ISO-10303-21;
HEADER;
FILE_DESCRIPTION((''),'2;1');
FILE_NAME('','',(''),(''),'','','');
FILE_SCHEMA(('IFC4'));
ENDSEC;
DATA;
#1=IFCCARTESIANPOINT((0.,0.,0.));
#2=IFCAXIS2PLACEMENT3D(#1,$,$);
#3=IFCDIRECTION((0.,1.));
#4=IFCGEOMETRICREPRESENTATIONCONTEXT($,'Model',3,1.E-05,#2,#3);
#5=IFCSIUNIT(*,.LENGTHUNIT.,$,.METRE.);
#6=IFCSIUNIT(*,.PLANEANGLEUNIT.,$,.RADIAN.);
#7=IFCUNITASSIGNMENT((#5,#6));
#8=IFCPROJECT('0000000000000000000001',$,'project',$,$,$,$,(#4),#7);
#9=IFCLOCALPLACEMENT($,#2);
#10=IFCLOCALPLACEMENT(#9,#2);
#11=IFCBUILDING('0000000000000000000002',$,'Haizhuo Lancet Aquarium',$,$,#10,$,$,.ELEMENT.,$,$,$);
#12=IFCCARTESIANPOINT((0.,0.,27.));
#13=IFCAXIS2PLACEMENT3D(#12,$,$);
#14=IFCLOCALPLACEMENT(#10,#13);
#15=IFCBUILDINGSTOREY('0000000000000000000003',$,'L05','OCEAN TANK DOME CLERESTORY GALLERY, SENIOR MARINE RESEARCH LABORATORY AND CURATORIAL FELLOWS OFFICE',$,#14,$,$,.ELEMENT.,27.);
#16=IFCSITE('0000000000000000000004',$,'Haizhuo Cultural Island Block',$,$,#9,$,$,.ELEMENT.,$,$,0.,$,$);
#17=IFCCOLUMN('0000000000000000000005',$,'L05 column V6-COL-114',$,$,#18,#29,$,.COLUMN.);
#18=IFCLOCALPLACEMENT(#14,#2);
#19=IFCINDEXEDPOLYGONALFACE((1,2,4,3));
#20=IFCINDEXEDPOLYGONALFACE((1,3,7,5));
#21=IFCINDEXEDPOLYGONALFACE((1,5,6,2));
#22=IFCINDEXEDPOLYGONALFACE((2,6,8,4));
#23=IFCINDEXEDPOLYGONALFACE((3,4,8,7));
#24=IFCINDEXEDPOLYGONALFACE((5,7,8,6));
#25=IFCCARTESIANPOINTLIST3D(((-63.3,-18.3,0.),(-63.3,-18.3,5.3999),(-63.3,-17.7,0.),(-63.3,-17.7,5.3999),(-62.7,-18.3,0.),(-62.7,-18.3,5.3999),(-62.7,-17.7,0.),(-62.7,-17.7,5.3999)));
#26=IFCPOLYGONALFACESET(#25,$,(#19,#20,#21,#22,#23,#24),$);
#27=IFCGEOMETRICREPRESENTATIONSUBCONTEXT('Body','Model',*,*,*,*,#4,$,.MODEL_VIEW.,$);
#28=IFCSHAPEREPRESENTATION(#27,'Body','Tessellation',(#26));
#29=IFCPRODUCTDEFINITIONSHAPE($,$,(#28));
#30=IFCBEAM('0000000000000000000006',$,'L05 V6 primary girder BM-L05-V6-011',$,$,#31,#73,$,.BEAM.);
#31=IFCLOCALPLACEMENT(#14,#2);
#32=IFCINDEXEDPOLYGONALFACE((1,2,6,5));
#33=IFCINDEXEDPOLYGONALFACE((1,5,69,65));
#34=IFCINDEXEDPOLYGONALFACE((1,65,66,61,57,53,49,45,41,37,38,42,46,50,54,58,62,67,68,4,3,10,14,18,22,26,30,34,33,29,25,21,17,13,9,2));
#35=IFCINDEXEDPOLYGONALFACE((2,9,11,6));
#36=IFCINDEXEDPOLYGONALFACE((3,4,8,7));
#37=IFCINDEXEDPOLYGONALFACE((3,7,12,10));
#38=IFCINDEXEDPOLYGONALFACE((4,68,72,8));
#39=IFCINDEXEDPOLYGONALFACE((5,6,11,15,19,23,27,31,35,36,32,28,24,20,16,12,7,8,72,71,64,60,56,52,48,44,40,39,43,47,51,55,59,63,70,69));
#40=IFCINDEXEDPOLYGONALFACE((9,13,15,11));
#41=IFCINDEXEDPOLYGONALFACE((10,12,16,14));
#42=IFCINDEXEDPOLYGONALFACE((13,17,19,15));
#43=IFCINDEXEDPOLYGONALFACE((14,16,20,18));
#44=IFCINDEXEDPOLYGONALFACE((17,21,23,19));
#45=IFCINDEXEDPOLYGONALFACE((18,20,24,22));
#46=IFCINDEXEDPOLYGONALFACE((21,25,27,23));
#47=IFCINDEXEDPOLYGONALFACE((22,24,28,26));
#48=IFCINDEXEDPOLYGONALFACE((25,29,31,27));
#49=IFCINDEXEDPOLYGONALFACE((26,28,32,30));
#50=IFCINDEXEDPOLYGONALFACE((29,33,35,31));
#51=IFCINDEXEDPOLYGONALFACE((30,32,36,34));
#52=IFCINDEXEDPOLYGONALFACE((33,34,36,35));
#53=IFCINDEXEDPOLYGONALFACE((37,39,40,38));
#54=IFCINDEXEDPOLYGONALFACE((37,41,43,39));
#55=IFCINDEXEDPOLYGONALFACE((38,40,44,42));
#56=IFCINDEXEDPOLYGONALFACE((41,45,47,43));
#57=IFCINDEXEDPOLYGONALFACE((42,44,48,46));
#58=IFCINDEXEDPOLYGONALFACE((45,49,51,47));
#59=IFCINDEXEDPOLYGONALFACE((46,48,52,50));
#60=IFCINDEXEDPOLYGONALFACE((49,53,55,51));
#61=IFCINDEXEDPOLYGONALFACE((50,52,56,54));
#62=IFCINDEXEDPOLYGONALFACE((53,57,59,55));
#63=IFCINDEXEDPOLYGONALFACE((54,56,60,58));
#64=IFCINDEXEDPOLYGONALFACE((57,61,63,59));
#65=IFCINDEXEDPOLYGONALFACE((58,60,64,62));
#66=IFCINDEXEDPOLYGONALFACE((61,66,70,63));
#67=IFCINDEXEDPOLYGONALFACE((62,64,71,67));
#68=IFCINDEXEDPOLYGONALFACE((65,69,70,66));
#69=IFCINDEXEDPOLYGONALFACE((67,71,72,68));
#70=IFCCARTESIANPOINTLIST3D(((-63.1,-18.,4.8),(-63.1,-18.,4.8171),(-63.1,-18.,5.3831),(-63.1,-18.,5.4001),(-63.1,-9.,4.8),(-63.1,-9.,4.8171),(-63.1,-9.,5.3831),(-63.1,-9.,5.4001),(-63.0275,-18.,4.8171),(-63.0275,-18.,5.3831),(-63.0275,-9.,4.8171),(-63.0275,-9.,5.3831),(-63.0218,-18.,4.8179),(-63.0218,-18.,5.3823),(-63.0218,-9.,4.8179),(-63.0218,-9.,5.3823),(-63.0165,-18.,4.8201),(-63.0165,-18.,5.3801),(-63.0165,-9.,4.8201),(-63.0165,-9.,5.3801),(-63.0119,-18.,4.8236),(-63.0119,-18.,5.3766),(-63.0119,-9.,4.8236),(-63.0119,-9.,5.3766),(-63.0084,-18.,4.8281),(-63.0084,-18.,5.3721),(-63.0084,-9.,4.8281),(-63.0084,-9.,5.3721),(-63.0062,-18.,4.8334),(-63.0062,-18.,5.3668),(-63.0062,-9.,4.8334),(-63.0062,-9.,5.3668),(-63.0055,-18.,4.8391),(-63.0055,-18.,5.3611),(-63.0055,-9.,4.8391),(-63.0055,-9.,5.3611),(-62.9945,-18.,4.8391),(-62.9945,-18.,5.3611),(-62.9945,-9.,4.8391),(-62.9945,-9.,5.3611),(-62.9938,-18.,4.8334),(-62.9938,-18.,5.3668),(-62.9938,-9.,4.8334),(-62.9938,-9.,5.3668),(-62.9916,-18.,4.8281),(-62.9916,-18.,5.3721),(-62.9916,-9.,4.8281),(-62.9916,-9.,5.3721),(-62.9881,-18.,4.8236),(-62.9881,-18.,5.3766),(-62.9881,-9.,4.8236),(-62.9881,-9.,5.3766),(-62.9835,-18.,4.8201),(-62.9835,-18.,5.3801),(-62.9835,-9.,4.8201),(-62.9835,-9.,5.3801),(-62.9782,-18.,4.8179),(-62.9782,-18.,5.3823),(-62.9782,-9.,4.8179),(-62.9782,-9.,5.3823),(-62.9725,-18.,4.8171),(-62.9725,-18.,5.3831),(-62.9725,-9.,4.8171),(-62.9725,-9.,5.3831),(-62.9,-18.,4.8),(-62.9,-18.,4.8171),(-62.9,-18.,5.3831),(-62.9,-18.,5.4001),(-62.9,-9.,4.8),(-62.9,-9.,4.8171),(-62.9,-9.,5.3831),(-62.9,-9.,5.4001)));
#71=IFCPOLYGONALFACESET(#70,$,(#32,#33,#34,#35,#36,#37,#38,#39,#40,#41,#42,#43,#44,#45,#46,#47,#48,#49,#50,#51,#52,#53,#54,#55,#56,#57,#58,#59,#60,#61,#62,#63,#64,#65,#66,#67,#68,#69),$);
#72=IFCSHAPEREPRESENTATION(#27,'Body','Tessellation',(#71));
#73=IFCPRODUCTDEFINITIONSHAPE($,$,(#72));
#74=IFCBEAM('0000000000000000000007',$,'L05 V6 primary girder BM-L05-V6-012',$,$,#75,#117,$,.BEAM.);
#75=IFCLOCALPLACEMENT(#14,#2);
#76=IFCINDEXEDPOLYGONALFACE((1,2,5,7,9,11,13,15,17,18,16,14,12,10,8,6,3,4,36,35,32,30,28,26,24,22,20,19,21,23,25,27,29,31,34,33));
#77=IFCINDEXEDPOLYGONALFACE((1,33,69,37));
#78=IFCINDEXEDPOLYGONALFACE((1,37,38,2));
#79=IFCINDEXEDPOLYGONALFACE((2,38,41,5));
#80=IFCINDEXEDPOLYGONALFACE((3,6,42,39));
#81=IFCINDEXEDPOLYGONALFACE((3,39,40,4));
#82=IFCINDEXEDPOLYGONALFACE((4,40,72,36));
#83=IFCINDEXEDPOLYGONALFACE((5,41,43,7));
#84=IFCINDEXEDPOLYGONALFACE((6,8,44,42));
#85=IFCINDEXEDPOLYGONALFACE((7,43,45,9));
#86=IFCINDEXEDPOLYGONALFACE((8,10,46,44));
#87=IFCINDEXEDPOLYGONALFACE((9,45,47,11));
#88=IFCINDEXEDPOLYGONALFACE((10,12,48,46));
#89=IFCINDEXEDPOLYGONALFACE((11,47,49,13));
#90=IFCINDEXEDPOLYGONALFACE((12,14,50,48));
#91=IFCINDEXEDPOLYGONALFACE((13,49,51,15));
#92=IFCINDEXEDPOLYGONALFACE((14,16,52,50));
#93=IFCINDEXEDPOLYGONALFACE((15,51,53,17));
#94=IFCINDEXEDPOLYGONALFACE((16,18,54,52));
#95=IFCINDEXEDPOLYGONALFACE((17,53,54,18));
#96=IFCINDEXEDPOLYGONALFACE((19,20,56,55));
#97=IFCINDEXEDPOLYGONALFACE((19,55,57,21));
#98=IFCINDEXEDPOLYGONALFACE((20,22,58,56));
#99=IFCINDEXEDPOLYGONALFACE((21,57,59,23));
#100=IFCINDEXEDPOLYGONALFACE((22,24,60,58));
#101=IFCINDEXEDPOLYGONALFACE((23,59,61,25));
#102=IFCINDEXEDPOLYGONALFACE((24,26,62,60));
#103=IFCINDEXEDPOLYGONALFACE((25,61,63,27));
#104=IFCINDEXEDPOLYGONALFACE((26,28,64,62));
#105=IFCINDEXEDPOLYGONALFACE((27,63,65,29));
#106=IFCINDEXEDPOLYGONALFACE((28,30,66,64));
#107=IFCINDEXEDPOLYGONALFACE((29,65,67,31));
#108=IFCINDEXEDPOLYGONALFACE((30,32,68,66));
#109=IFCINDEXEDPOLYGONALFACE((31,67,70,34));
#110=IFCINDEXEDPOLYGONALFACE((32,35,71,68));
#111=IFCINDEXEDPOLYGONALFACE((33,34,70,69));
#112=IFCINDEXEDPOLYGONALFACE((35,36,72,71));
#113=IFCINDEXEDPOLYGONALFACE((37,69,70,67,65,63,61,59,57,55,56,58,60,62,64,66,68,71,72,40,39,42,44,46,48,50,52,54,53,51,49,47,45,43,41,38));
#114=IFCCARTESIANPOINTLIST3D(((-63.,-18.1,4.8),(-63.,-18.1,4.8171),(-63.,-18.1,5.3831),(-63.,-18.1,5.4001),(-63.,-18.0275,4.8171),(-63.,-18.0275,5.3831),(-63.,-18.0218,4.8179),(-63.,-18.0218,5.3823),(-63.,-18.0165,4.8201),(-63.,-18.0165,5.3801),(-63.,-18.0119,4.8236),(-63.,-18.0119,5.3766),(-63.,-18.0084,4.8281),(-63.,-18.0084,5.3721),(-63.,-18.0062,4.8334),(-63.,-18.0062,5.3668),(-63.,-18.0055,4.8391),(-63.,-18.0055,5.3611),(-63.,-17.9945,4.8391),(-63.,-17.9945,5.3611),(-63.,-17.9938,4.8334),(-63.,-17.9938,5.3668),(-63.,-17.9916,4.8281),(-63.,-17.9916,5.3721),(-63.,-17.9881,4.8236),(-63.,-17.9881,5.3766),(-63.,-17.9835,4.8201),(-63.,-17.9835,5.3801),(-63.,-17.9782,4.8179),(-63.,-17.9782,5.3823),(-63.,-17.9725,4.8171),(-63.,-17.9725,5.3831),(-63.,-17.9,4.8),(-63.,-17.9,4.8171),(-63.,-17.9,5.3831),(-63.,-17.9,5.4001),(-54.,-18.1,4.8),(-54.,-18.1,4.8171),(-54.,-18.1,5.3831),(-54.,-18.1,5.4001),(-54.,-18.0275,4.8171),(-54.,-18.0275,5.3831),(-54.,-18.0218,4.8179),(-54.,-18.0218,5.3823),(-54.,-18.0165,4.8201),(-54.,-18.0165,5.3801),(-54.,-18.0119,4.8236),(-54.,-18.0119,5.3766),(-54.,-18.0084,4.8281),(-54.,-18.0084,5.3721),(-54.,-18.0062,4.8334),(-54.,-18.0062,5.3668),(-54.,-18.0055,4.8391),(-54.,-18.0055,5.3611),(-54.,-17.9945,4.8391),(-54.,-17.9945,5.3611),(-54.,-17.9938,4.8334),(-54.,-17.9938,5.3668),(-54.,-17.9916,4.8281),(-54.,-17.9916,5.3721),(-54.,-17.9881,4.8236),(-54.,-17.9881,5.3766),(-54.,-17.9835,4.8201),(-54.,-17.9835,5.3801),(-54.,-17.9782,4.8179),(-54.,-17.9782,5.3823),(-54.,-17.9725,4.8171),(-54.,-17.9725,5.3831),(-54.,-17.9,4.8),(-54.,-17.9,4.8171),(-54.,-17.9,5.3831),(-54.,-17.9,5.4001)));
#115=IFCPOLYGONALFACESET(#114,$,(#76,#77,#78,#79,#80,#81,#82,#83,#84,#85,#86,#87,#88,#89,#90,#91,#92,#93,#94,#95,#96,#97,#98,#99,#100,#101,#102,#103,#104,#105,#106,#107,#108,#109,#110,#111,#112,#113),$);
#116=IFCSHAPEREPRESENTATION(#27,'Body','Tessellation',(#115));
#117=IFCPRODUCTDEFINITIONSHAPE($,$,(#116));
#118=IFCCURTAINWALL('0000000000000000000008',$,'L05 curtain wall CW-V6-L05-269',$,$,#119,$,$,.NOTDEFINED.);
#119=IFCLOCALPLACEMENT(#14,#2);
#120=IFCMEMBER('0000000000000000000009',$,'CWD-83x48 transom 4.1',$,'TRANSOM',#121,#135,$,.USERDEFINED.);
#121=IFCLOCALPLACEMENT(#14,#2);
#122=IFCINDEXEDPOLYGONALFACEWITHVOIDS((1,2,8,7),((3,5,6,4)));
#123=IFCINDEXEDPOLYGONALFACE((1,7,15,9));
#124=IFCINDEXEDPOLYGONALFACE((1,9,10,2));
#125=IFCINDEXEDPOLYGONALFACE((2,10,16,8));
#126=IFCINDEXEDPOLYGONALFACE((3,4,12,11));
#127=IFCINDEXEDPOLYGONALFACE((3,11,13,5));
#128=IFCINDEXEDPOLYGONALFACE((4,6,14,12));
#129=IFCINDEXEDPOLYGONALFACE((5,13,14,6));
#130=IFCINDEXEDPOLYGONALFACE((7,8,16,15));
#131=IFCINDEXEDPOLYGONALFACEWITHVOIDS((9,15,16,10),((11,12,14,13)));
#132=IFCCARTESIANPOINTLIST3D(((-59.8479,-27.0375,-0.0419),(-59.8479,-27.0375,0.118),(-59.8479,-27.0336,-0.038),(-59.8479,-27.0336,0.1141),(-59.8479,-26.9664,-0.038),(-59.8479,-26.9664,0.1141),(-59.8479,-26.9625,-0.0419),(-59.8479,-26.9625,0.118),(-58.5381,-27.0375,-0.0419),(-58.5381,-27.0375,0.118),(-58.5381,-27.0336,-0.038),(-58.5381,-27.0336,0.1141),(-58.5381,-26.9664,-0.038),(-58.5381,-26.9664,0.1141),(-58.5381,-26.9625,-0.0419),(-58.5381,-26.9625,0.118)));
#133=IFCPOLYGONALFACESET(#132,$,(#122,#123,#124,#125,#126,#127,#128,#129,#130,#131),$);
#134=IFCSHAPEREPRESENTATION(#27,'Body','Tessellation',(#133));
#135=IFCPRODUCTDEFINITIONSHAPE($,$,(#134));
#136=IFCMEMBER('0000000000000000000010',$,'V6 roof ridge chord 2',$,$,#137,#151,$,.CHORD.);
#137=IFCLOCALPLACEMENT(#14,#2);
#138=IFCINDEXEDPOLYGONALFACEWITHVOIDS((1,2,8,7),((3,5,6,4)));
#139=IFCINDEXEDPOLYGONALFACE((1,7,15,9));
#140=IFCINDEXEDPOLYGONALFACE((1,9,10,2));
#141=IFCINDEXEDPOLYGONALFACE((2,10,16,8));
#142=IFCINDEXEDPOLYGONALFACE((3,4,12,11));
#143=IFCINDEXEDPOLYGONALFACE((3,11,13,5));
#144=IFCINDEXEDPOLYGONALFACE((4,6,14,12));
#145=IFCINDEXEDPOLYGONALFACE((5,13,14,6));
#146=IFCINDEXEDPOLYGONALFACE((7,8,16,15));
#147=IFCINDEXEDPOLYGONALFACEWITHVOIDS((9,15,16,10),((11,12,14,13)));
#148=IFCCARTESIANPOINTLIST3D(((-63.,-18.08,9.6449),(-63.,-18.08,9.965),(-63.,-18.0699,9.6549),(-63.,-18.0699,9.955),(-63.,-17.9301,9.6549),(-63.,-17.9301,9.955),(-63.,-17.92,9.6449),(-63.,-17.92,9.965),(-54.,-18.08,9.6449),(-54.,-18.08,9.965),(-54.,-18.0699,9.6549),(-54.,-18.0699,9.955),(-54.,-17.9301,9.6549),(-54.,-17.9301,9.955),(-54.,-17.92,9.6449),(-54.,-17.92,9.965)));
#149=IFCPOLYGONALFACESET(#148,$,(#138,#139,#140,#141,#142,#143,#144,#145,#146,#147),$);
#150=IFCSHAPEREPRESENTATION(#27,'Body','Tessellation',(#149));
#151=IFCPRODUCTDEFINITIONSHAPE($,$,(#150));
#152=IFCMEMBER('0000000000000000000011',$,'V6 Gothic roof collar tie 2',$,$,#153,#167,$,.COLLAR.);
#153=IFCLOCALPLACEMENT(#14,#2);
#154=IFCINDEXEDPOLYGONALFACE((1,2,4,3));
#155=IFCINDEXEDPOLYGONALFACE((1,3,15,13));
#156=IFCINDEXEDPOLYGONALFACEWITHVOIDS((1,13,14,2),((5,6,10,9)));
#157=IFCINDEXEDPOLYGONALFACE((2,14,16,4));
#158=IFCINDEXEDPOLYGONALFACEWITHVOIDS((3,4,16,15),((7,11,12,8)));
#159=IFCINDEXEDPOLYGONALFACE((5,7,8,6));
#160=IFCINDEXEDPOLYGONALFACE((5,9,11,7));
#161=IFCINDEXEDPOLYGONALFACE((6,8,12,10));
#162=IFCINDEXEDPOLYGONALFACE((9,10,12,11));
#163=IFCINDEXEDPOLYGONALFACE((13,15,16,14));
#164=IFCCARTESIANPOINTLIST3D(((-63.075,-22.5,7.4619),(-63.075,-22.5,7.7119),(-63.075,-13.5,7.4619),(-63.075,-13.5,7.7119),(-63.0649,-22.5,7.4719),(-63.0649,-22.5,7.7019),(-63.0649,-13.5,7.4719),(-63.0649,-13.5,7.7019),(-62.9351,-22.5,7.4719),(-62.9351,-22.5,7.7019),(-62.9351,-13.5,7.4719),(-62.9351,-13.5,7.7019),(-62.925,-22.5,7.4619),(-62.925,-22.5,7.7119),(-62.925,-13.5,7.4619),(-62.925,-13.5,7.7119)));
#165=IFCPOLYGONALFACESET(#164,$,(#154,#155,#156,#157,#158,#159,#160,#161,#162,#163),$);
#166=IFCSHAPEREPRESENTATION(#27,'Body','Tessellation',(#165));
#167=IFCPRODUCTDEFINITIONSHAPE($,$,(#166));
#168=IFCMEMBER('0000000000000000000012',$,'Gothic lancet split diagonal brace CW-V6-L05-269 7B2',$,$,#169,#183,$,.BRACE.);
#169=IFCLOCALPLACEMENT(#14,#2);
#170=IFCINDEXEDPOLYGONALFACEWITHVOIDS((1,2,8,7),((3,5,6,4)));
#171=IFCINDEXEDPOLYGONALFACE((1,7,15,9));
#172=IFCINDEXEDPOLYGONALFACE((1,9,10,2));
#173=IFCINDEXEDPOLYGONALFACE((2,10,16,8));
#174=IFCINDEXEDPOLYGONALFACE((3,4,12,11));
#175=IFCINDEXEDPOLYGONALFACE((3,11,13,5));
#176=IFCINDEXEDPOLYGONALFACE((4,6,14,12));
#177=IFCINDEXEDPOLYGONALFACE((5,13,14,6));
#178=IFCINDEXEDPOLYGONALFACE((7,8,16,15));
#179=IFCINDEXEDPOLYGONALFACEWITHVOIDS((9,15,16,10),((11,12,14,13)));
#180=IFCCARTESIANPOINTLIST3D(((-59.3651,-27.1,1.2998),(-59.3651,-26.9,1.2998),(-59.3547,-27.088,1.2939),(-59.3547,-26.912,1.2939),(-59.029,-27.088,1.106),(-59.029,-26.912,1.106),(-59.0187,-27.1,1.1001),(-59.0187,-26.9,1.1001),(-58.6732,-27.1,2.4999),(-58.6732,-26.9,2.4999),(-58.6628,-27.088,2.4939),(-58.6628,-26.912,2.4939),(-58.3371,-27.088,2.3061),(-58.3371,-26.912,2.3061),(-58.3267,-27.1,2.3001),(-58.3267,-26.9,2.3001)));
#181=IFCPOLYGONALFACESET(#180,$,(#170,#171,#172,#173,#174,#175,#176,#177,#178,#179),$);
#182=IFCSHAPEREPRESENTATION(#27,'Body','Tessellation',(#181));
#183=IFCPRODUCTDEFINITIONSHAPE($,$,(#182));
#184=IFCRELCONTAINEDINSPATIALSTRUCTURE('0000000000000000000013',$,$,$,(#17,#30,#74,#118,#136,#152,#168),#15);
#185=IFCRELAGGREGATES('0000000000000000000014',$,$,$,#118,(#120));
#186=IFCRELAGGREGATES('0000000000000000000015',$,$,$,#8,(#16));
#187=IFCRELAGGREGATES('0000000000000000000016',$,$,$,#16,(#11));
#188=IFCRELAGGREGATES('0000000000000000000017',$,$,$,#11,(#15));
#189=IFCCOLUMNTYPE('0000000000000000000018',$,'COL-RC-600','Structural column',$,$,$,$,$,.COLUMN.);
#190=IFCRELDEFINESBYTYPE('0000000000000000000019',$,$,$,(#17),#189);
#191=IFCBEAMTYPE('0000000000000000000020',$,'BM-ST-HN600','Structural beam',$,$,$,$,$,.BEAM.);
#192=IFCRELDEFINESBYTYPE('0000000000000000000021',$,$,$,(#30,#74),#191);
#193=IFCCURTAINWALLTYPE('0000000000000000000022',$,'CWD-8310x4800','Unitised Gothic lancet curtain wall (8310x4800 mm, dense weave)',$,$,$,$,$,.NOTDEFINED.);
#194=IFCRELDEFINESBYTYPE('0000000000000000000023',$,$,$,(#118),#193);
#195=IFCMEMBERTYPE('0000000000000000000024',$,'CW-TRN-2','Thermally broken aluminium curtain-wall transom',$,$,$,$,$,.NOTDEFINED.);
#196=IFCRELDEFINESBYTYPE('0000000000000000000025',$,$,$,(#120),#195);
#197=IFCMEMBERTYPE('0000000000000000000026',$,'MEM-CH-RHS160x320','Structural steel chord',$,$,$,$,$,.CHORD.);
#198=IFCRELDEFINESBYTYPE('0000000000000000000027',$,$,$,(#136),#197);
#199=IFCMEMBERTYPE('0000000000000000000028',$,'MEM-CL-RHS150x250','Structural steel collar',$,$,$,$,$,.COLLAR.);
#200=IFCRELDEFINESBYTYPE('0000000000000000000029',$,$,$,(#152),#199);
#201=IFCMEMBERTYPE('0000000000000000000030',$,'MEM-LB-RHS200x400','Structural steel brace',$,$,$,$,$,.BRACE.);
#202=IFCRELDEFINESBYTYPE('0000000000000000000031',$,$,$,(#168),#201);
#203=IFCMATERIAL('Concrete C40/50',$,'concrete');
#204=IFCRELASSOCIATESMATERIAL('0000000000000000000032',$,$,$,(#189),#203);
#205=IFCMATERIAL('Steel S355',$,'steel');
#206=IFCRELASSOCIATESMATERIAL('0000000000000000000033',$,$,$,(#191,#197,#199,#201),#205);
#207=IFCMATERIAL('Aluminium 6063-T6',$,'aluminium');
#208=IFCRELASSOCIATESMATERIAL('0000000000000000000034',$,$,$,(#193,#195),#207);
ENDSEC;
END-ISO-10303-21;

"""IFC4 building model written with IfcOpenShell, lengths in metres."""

from ifc_helpers import new_model, si_unit, direction, frame, origin, origin_2d, place, context, subcontext, project, spatial, rectangle, hollow_rectangle, i_section, extrude, material, material_profile, profile_set, type_object, element, aggregate, save


model = new_model("IFC4")

# Units and contexts
model_context = context("Model", 3, precision=1e-05, world=origin(), true_north=direction((0.0, 1.0)))
body_context = subcontext(model_context, "Body", "Model", "MODEL_VIEW")
ifc_project = project(units=[si_unit("LENGTHUNIT", "METRE"), si_unit("PLANEANGLEUNIT", "RADIAN")], contexts=[model_context])

# Site, building, storey
site_placement = place(None, origin())
site = spatial("IfcSite", under=ifc_project, at=site_placement, Name="Haizhuo Cultural Island Block", CompositionType="ELEMENT", RefElevation=0.0)
building_placement = place(site_placement, origin())
building = spatial("IfcBuilding", under=site, at=building_placement, Name="Haizhuo Lancet Aquarium", CompositionType="ELEMENT")
storey_placement = place(building_placement, frame((0.0, 0.0, 27.0)))
storey = spatial("IfcBuildingStorey", under=building, at=storey_placement, Name="L05", Description="OCEAN TANK DOME CLERESTORY GALLERY, SENIOR MARINE RESEARCH LABORATORY AND CURATORIAL FELLOWS OFFICE", CompositionType="ELEMENT", Elevation=27.0)

# Column
ifc_material_1 = material(Name="Concrete C40/50", Category="concrete")
ifc_material_profile_1 = material_profile(ifc_material_1, rectangle(XDim=0.6001, YDim=0.6001, at=origin_2d()), Name="RC-COL 600x600")
ifc_profile_set_1 = profile_set([ifc_material_profile_1], Name="Concrete C40/50")
column_type = type_object("IfcColumnType", Name="COL-RC-600", Description="Structural column", PredefinedType="COLUMN", material=ifc_profile_set_1)
column_placement = place(storey_placement, frame((-63.0, -18.0, 0.0), z_axis=(0.0, 0.0, 1.0), x_axis=(1.0, 0.0, 0.0)))
element("IfcColumn", 1, at=column_placement, inside=storey, type_object=column_type, Name="L05 column V6-COL-114", PredefinedType="COLUMN", context=body_context, shape_type="SweptSolid", body=[
    extrude(rectangle(XDim=0.6001, YDim=0.6001, at=origin_2d()), origin(), (0.0, 0.0, 1.0), 5.3999),
])

# Beams
ifc_material_2 = material(Name="Steel S355", Category="steel")
ifc_material_profile_2 = material_profile(ifc_material_2, i_section(OverallWidth=0.2, OverallDepth=0.6001, WebThickness=0.011, FlangeThickness=0.0171, FilletRadius=0.022, at=origin_2d()), Name="HN 600x200x11x17")
ifc_profile_set_2 = profile_set([ifc_material_profile_2], Name="Steel S355")
beam_type = type_object("IfcBeamType", Name="BM-ST-HN600", Description="Structural beam", PredefinedType="BEAM", material=ifc_profile_set_2)
for number, where, z_axis, x_axis, name in (
    (2, (-63.0, -18.0, 5.1001), (0.0, 1.0, 0.0), (-1.0, 0.0, 0.0), "L05 V6 primary girder BM-L05-V6-011"),
    (3, (-63.0, -18.0, 5.1001), (1.0, 0.0, 0.0), (0.0, 1.0, 0.0), "L05 V6 primary girder BM-L05-V6-012"),
):
    element("IfcBeam", number, at=place(storey_placement, frame(where, z_axis=z_axis, x_axis=x_axis)), inside=storey, type_object=beam_type, Name=name, PredefinedType="BEAM", context=body_context, shape_type="SweptSolid", body=[
        extrude(i_section(OverallWidth=0.2, OverallDepth=0.6001, WebThickness=0.011, FlangeThickness=0.0171, FilletRadius=0.022, at=origin_2d()), origin(), (0.0, 0.0, 1.0), 9.0),
    ])

# Curtain wall, member
ifc_material_3 = material(Name="Aluminium 6063-T6", Category="aluminium")
curtain_wall_type = type_object("IfcCurtainWallType", Name="CWD-8310x4800", Description="Unitised Gothic lancet curtain wall (8310x4800 mm, dense weave)", PredefinedType="NOTDEFINED", material=ifc_material_3)
curtain_wall_placement = place(storey_placement, origin())
curtain_wall = element("IfcCurtainWall", 4, at=curtain_wall_placement, inside=storey, type_object=curtain_wall_type, Name="L05 curtain wall CW-V6-L05-269", PredefinedType="NOTDEFINED")
ifc_material_profile_3 = material_profile(ifc_material_3, hollow_rectangle(XDim=0.075, YDim=0.1599, WallThickness=0.0039, at=origin_2d()), Name="ALU-T 75x160x4")
ifc_profile_set_3 = profile_set([ifc_material_profile_3], Name="Aluminium 6063-T6")
member_type_1 = type_object("IfcMemberType", Name="CW-TRN-2", Description="Thermally broken aluminium curtain-wall transom", PredefinedType="NOTDEFINED", material=ifc_profile_set_3)
member_1_placement = place(storey_placement, frame((-58.5381, -27.0, 0.0381), z_axis=(-1.0, 0.0, 0.0), x_axis=(0.0, -1.0, 0.0)))
member_1 = element("IfcMember", 5, at=member_1_placement, type_object=member_type_1, Name="CWD-83x48 transom 4.1", ObjectType="TRANSOM", PredefinedType="USERDEFINED", context=body_context, shape_type="SweptSolid", body=[
    extrude(hollow_rectangle(XDim=0.075, YDim=0.1599, WallThickness=0.0039, at=origin_2d()), origin(), (0.0, 0.0, 1.0), 1.3098),
])

# Members
ifc_material_profile_4 = material_profile(ifc_material_2, hollow_rectangle(XDim=0.1599, YDim=0.3201, WallThickness=0.01, at=origin_2d()), Name="RHS 160x320x10")
ifc_profile_set_4 = profile_set([ifc_material_profile_4], Name="Steel S355")
member_type_2 = type_object("IfcMemberType", Name="MEM-CH-RHS160x320", Description="Structural steel chord", PredefinedType="CHORD", material=ifc_profile_set_4)
member_2_placement = place(storey_placement, frame((-63.0, -18.0, 9.8049), z_axis=(1.0, 0.0, 0.0), x_axis=(0.0, 1.0, 0.0)))
element("IfcMember", 6, at=member_2_placement, inside=storey, type_object=member_type_2, Name="V6 roof ridge chord 2", PredefinedType="CHORD", context=body_context, shape_type="SweptSolid", body=[
    extrude(hollow_rectangle(XDim=0.1599, YDim=0.3201, WallThickness=0.01, at=origin_2d()), origin(), (0.0, 0.0, 1.0), 9.0),
])
ifc_material_profile_5 = material_profile(ifc_material_2, hollow_rectangle(XDim=0.1499, YDim=0.25, WallThickness=0.01, at=origin_2d()), Name="RHS 150x250x10")
ifc_profile_set_5 = profile_set([ifc_material_profile_5], Name="Steel S355")
member_type_3 = type_object("IfcMemberType", Name="MEM-CL-RHS150x250", Description="Structural steel collar", PredefinedType="COLLAR", material=ifc_profile_set_5)
member_3_placement = place(storey_placement, frame((-63.0, -22.5, 7.5869), z_axis=(0.0, 1.0, 0.0), x_axis=(-1.0, 0.0, 0.0)))
element("IfcMember", 7, at=member_3_placement, inside=storey, type_object=member_type_3, Name="V6 Gothic roof collar tie 2", PredefinedType="COLLAR", context=body_context, shape_type="SweptSolid", body=[
    extrude(hollow_rectangle(XDim=0.1499, YDim=0.25, WallThickness=0.01, at=origin_2d()), origin(), (0.0, 0.0, 1.0), 9.0),
])
ifc_material_profile_6 = material_profile(ifc_material_2, hollow_rectangle(XDim=0.2, YDim=0.3999, WallThickness=0.012, at=origin_2d()), Name="RHS 200x400x12")
ifc_profile_set_6 = profile_set([ifc_material_profile_6], Name="Steel S355")
member_type_4 = type_object("IfcMemberType", Name="MEM-LB-RHS200x400", Description="Structural steel brace", PredefinedType="BRACE", material=ifc_profile_set_6)
for number, where, z_axis, x_axis, name in (
    (8, (-59.1919, -27.0, 1.2), (0.499514, 0.0, 0.866306), (0.0, 1.0, 0.0), "Gothic lancet split diagonal brace CW-V6-L05-269 7B2"),
):
    element("IfcMember", number, at=place(storey_placement, frame(where, z_axis=z_axis, x_axis=x_axis)), inside=storey, type_object=member_type_4, Name=name, PredefinedType="BRACE", context=body_context, shape_type="SweptSolid", body=[
        extrude(hollow_rectangle(XDim=0.2, YDim=0.3999, WallThickness=0.012, at=origin_2d()), origin(), (0.0, 0.0, 1.0), 1.3853),
    ])

aggregate(curtain_wall, [member_1])

save(model, "model.ifc")
